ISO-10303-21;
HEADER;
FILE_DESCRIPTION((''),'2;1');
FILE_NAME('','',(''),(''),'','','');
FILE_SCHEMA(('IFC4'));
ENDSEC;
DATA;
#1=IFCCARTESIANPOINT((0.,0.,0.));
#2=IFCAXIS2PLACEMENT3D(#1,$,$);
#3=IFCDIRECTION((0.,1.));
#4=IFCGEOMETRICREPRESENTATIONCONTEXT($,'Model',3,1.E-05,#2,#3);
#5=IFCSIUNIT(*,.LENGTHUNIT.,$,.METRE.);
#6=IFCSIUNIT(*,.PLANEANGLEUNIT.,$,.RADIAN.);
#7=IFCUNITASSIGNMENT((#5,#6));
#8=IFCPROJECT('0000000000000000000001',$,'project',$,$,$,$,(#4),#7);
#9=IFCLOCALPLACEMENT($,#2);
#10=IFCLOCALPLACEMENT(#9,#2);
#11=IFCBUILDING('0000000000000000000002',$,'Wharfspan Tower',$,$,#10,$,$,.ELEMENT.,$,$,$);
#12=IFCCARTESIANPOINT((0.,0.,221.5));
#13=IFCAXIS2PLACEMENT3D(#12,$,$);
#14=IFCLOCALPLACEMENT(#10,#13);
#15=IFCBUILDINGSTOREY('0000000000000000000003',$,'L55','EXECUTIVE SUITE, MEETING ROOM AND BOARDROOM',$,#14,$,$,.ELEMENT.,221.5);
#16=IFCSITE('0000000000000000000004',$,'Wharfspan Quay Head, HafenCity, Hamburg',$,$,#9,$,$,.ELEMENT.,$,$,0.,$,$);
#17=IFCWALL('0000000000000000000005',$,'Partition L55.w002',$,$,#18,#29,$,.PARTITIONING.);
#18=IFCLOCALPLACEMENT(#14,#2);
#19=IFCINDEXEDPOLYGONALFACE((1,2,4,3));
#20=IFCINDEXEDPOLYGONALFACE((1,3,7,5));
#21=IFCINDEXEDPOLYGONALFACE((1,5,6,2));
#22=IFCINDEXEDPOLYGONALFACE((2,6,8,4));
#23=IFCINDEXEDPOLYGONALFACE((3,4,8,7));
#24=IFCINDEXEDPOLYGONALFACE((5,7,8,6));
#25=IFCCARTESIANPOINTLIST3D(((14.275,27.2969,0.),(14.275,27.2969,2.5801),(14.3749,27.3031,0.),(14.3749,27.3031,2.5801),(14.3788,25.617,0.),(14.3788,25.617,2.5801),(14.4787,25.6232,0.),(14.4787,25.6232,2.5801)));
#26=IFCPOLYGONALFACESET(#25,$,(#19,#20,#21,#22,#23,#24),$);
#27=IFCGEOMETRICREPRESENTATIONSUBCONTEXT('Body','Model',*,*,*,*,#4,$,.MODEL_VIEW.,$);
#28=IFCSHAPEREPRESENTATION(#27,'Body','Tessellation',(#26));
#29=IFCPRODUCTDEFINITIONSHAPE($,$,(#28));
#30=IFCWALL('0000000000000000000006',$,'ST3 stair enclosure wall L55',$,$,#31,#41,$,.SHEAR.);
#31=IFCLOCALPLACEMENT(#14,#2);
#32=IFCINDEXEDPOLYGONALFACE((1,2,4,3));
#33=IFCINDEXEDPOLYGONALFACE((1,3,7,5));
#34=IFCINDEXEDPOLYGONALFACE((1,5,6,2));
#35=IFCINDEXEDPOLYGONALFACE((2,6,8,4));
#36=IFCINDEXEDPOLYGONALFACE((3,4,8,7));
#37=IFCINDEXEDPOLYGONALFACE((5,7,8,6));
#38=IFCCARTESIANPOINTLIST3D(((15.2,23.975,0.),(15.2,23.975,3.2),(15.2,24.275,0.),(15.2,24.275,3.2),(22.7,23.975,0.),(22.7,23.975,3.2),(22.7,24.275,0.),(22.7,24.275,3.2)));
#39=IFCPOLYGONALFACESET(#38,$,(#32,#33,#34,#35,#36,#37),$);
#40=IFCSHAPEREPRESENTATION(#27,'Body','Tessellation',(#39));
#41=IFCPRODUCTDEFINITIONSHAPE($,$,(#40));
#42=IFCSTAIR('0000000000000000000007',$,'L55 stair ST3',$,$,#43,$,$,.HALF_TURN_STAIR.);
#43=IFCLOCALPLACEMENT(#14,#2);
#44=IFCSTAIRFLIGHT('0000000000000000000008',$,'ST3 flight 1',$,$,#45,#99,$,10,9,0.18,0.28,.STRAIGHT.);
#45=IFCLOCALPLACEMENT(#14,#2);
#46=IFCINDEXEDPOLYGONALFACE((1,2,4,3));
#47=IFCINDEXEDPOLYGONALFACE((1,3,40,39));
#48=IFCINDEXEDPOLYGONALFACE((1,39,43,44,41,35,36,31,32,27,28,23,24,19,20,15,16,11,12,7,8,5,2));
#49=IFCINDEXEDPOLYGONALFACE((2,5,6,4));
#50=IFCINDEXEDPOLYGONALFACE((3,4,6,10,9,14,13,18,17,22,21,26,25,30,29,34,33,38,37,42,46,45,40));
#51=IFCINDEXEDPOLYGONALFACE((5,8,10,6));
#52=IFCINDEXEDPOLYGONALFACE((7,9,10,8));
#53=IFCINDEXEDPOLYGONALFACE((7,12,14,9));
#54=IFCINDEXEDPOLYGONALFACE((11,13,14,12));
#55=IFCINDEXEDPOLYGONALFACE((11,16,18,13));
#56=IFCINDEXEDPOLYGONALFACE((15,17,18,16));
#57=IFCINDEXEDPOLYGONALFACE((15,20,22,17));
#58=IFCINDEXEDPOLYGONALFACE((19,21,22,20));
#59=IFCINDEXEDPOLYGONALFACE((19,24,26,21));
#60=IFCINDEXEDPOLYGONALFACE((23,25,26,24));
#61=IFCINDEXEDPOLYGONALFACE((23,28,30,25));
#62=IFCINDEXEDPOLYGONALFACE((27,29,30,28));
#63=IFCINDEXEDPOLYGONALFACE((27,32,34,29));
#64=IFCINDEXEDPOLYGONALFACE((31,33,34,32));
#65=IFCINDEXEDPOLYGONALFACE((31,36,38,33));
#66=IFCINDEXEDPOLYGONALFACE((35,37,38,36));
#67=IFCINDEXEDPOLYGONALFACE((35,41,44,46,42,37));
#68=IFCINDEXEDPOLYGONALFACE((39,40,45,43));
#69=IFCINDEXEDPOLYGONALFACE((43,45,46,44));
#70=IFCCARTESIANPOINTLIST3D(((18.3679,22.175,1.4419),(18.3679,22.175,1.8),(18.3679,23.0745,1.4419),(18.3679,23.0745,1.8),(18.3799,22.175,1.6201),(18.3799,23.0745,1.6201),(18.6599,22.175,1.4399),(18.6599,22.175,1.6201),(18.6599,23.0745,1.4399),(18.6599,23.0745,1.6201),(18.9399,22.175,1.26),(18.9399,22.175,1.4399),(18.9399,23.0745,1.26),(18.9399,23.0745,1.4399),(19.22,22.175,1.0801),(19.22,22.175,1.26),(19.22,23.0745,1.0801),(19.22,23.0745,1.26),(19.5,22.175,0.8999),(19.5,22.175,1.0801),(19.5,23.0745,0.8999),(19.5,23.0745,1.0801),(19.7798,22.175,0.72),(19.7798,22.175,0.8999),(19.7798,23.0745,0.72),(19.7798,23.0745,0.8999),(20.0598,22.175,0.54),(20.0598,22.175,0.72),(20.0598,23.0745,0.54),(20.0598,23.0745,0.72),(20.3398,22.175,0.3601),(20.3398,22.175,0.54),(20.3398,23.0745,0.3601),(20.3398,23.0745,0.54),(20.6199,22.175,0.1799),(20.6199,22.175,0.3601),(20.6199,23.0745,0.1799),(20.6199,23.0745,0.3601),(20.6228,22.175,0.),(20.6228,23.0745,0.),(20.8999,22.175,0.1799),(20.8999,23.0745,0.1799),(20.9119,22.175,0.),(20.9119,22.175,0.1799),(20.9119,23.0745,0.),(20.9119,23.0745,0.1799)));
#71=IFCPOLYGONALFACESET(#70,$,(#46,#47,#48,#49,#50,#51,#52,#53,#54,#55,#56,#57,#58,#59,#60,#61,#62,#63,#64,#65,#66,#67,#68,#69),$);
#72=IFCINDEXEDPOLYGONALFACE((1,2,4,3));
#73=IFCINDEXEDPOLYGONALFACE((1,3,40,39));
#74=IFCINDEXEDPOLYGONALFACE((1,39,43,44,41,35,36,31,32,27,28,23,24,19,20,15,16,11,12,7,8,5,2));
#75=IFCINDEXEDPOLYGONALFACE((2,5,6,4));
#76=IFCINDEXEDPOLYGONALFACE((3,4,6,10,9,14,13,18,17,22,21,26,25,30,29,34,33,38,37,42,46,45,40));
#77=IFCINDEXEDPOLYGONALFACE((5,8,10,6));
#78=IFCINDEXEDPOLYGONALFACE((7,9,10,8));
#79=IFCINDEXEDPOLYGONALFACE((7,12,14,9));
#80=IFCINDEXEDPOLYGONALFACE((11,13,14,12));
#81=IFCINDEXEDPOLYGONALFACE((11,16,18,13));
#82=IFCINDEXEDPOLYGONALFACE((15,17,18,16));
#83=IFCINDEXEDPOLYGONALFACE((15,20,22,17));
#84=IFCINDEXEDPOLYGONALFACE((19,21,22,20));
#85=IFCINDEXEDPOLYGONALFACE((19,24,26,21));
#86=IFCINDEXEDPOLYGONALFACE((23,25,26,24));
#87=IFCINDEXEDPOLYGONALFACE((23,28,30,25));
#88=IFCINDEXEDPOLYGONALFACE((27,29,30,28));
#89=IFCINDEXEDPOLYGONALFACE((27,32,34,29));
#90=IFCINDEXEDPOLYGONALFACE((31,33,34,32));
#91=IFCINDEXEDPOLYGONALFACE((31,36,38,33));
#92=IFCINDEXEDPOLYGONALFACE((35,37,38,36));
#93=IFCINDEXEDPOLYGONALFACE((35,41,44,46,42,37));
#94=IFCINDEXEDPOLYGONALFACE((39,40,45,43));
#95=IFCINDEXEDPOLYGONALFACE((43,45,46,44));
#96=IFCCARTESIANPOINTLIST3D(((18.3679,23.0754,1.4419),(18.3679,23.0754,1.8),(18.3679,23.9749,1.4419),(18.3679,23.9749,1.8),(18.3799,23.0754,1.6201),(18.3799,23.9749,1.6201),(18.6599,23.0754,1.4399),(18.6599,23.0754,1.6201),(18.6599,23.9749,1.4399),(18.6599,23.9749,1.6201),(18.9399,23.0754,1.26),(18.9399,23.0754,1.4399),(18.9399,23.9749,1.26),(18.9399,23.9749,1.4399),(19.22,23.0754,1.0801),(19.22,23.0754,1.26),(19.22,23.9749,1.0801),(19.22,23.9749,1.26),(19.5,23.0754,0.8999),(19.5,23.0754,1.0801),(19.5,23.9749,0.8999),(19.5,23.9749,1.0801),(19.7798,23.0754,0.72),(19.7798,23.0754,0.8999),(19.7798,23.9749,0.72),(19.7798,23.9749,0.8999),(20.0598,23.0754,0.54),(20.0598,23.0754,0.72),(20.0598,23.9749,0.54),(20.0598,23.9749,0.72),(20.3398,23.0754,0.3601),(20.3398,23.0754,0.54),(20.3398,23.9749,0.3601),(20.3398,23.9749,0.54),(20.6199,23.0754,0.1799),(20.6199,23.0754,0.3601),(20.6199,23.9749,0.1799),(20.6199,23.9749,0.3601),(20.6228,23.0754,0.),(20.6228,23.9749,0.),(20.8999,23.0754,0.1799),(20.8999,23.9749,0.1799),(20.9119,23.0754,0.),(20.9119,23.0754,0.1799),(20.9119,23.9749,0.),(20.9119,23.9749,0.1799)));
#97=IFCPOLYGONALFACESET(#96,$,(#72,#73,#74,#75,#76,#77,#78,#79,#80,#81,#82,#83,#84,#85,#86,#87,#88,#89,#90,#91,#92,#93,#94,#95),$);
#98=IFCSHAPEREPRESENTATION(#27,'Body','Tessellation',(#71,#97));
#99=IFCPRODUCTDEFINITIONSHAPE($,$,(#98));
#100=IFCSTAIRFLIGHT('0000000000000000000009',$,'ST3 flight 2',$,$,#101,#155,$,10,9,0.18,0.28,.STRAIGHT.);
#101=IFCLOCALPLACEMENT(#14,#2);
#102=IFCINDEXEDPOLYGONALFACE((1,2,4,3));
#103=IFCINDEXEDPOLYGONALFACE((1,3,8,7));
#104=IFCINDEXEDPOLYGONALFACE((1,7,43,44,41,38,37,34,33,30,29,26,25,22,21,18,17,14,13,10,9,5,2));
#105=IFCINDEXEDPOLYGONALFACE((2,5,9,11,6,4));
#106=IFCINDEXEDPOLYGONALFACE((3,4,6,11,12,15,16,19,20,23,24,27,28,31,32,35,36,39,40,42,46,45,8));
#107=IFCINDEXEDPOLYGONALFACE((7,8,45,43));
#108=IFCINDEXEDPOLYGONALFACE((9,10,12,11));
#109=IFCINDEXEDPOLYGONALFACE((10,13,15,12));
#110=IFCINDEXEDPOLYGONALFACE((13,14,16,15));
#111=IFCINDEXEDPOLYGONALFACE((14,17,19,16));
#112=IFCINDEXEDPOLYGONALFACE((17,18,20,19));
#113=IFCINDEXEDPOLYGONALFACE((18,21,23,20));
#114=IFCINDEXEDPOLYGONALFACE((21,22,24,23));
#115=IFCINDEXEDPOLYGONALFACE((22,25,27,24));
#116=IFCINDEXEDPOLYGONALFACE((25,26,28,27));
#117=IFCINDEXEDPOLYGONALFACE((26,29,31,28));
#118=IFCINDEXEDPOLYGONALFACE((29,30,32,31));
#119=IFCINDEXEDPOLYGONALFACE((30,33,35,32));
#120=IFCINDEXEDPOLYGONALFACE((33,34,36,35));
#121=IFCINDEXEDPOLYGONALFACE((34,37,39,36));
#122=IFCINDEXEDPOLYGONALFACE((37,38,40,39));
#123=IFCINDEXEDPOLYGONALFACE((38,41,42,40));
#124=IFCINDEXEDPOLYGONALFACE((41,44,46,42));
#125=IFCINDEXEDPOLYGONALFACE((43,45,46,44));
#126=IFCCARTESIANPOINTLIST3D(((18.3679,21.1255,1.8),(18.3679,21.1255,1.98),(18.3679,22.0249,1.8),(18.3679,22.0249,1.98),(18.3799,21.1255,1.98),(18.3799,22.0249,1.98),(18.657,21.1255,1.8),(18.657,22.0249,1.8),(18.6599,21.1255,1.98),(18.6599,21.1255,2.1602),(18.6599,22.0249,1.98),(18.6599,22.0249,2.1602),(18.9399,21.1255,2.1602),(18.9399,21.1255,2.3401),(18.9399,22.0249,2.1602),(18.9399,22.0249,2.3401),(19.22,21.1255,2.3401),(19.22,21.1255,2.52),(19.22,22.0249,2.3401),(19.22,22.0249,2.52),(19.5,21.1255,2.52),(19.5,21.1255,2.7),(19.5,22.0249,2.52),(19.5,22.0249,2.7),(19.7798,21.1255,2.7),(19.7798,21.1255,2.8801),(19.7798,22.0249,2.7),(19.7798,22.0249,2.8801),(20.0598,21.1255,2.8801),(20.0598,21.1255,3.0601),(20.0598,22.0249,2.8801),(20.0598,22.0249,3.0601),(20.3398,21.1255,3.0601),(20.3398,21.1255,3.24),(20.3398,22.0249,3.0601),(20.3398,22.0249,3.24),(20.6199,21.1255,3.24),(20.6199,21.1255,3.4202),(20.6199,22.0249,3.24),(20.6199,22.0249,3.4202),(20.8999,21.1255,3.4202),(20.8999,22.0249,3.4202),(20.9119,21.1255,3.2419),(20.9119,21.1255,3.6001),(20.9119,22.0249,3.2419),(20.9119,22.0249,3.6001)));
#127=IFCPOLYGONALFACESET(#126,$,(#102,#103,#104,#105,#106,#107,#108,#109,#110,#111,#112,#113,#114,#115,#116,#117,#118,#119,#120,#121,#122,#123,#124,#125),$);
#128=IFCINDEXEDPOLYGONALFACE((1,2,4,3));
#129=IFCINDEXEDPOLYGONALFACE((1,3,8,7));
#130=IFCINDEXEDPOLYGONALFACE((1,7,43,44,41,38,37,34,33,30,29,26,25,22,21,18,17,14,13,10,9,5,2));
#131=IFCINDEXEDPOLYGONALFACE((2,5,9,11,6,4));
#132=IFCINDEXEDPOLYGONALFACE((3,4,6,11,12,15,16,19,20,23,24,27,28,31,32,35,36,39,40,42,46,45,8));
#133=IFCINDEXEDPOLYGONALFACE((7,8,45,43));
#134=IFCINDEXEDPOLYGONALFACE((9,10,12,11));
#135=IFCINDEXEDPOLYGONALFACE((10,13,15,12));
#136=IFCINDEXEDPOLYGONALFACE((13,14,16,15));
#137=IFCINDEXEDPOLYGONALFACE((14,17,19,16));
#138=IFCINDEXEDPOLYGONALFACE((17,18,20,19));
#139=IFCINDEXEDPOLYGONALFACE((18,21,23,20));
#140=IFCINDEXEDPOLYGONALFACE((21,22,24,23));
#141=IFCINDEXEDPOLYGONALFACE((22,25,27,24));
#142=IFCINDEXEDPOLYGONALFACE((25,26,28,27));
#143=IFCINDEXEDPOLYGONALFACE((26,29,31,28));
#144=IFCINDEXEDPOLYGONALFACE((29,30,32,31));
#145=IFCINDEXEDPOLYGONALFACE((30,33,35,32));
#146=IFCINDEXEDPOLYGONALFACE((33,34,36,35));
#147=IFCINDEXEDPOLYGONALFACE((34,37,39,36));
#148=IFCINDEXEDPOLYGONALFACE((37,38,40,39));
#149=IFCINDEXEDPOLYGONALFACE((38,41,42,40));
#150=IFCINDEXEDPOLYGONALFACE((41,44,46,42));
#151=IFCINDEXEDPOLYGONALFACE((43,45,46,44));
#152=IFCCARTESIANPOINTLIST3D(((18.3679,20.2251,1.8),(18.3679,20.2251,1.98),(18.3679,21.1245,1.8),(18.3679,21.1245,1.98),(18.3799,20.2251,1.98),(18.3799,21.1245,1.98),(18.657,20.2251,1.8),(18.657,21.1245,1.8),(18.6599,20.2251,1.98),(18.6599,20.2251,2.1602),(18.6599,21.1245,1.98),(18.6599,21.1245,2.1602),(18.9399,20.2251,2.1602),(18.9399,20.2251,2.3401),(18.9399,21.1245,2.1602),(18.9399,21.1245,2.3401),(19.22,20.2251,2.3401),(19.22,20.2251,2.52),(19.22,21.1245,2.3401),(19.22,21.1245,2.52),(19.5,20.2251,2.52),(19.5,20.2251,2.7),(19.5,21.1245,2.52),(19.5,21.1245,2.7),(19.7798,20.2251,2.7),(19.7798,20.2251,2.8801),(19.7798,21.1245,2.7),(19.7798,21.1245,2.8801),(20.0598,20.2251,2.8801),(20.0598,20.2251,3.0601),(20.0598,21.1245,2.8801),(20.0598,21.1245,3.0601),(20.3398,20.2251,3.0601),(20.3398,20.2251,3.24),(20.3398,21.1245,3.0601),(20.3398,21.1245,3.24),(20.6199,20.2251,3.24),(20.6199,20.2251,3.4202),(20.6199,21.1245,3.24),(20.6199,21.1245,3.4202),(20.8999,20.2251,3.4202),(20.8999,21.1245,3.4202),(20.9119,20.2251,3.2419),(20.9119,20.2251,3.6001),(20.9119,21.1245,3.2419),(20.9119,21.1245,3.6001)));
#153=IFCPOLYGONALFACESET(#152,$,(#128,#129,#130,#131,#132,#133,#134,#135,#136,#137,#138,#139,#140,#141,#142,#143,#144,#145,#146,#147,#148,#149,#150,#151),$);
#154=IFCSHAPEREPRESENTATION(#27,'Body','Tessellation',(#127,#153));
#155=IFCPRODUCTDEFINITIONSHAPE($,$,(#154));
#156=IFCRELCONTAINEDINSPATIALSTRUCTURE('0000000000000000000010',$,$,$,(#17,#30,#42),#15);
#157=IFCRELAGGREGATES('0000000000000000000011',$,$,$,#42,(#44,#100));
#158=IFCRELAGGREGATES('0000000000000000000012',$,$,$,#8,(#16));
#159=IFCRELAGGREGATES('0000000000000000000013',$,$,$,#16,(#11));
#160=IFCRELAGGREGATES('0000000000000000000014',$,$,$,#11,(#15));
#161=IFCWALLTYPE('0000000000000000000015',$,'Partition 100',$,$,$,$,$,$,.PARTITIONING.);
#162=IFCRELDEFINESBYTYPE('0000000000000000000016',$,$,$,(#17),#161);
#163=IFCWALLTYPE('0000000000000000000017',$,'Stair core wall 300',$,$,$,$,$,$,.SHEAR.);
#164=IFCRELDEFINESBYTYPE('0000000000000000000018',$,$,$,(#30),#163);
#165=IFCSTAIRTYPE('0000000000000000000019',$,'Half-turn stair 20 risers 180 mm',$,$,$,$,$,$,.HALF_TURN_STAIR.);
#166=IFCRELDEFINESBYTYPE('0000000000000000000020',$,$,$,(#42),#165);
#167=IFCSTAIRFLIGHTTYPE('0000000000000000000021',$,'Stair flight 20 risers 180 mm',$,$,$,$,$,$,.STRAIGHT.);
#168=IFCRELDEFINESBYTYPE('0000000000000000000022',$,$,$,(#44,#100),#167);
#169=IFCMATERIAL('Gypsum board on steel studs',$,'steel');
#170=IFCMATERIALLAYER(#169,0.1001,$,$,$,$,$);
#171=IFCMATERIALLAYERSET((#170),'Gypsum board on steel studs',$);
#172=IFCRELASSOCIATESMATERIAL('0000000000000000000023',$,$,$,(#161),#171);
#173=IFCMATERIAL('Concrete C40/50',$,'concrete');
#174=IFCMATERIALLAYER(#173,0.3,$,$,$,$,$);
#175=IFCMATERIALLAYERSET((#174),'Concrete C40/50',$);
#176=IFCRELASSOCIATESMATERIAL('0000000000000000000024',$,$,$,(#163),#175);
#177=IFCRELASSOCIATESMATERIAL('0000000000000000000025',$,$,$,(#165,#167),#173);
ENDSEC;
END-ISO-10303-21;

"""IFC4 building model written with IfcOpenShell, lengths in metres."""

from ifc_helpers import new_model, si_unit, direction, frame, frame_2d, origin, place, context, subcontext, project, spatial, polyline, rectangle, outline, extrude, material, layer, layer_set, type_object, element, aggregate, save


model = new_model("IFC4")

# Units and contexts
model_context = context("Model", 3, precision=1e-05, world=origin(), true_north=direction((0.0, 1.0)))
body_context = subcontext(model_context, "Body", "Model", "MODEL_VIEW")
ifc_project = project(units=[si_unit("LENGTHUNIT", "METRE"), si_unit("PLANEANGLEUNIT", "RADIAN")], contexts=[model_context])

# Site, building, storey
site_placement = place(None, origin())
site = spatial("IfcSite", under=ifc_project, at=site_placement, Name="Wharfspan Quay Head, HafenCity, Hamburg", CompositionType="ELEMENT", RefElevation=0.0)
building_placement = place(site_placement, origin())
building = spatial("IfcBuilding", under=site, at=building_placement, Name="Wharfspan Tower", CompositionType="ELEMENT")
storey_placement = place(building_placement, frame((0.0, 0.0, 221.5)))
storey = spatial("IfcBuildingStorey", under=building, at=storey_placement, Name="L55", Description="EXECUTIVE SUITE, MEETING ROOM AND BOARDROOM", CompositionType="ELEMENT", Elevation=221.5)

# Shared definitions
ifc_material_1 = material(Name="Gypsum board on steel studs", Category="steel")

# Walls
ifc_layer_1 = layer(ifc_material_1, 0.1001)
ifc_layer_set_1 = layer_set([ifc_layer_1], Name="Gypsum board on steel studs")
wall_type_1 = type_object("IfcWallType", Name="Partition 100", PredefinedType="PARTITIONING", material=ifc_layer_set_1)
wall_1_placement = place(storey_placement, frame((14.4287, 25.6201, 0.0), z_axis=(0.0, 0.0, 1.0), x_axis=(-0.061647, 0.998101, 0.0)))
element("IfcWall", 1, at=wall_1_placement, inside=storey, type_object=wall_type_1, Name="Partition L55.w002", PredefinedType="PARTITIONING", context=body_context, shape_type="SweptSolid", body=[
    extrude(rectangle(XDim=1.6831, YDim=0.1001, at=frame_2d((0.8416, 0.0))), origin(), (0.0, 0.0, 1.0), 2.5801),
])
ifc_material_2 = material(Name="Concrete C40/50", Category="concrete")
ifc_layer_2 = layer(ifc_material_2, 0.3)
ifc_layer_set_2 = layer_set([ifc_layer_2], Name="Concrete C40/50")
wall_type_2 = type_object("IfcWallType", Name="Stair core wall 300", PredefinedType="SHEAR", material=ifc_layer_set_2)
wall_2_placement = place(storey_placement, frame((15.2, 24.125, 0.0), z_axis=(0.0, 0.0, 1.0), x_axis=(1.0, 0.0, 0.0)))
element("IfcWall", 2, at=wall_2_placement, inside=storey, type_object=wall_type_2, Name="ST3 stair enclosure wall L55", PredefinedType="SHEAR", context=body_context, shape_type="SweptSolid", body=[
    extrude(rectangle(XDim=7.5, YDim=0.3, at=frame_2d((3.75, 0.0))), origin(), (0.0, 0.0, 1.0), 3.2),
])

# Stair, stair flights
stair_type = type_object("IfcStairType", Name="Half-turn stair 20 risers 180 mm", PredefinedType="HALF_TURN_STAIR", material=ifc_material_2)
stair_placement = place(storey_placement, origin())
stair = element("IfcStair", 3, at=stair_placement, inside=storey, type_object=stair_type, Name="L55 stair ST3", PredefinedType="HALF_TURN_STAIR")
stair_flight_type = type_object("IfcStairFlightType", Name="Stair flight 20 risers 180 mm", PredefinedType="STRAIGHT", material=ifc_material_2)
stair_flight_1_placement = place(storey_placement, frame((20.8999, 23.075, 0.0), z_axis=(0.0, 0.0, 1.0), x_axis=(-1.0, 0.0, 0.0)))
stair_flight_1 = element("IfcStairFlight", 4, at=stair_flight_1_placement, type_object=stair_flight_type, Name="ST3 flight 1", NumberOfRisers=10, NumberOfTreads=9, PredefinedType="STRAIGHT", RiserHeight=0.18, TreadLength=0.28, context=body_context, shape_type="SweptSolid", body=[
    extrude(outline(polyline([(-0.012, 0.0), (-0.012, 0.1799), (0.0, 0.1799), (0.28, 0.1799), (0.28, 0.3601), (0.5601, 0.3601), (0.5601, 0.54), (0.8401, 0.54), (0.8401, 0.72), (1.1201, 0.72), (1.1201, 0.8999), (1.3999, 0.8999), (1.3999, 1.0801), (1.6799, 1.0801), (1.6799, 1.26), (1.96, 1.26), (1.96, 1.4399), (2.24, 1.4399), (2.24, 1.6201), (2.52, 1.6201), (2.532, 1.8), (2.532, 1.4419), (0.2771, 0.0), (-0.012, 0.0)])), frame((0.0, 0.8999, 0.0), z_axis=(0.0, -1.0, 0.0), x_axis=(1.0, 0.0, 0.0)), (0.0, 0.0, 1.0), 0.8994),
    extrude(outline(polyline([(-0.012, 0.0), (-0.012, 0.1799), (0.0, 0.1799), (0.28, 0.1799), (0.28, 0.3601), (0.5601, 0.3601), (0.5601, 0.54), (0.8401, 0.54), (0.8401, 0.72), (1.1201, 0.72), (1.1201, 0.8999), (1.3999, 0.8999), (1.3999, 1.0801), (1.6799, 1.0801), (1.6799, 1.26), (1.96, 1.26), (1.96, 1.4399), (2.24, 1.4399), (2.24, 1.6201), (2.52, 1.6201), (2.532, 1.8), (2.532, 1.4419), (0.2771, 0.0), (-0.012, 0.0)])), frame((0.0, -0.0005, 0.0), z_axis=(0.0, -1.0, 0.0), x_axis=(1.0, 0.0, 0.0)), (0.0, 0.0, 1.0), 0.8994),
])
stair_flight_2_placement = place(storey_placement, frame((18.3799, 21.125, 1.8), z_axis=(0.0, 0.0, 1.0), x_axis=(1.0, 0.0, 0.0)))
stair_flight_2 = element("IfcStairFlight", 5, at=stair_flight_2_placement, type_object=stair_flight_type, Name="ST3 flight 2", NumberOfRisers=10, NumberOfTreads=9, PredefinedType="STRAIGHT", RiserHeight=0.18, TreadLength=0.28, context=body_context, shape_type="SweptSolid", body=[
    extrude(outline(polyline([(-0.012, 0.0), (-0.012, 0.1799), (0.0, 0.1799), (0.28, 0.1799), (0.28, 0.3601), (0.5601, 0.3601), (0.5601, 0.54), (0.8401, 0.54), (0.8401, 0.72), (1.1201, 0.72), (1.1201, 0.8999), (1.3999, 0.8999), (1.3999, 1.0801), (1.6799, 1.0801), (1.6799, 1.26), (1.96, 1.26), (1.96, 1.4399), (2.24, 1.4399), (2.24, 1.6201), (2.52, 1.6201), (2.532, 1.8), (2.532, 1.4419), (0.2771, 0.0), (-0.012, 0.0)])), frame((0.0, 0.8999, 0.0), z_axis=(0.0, -1.0, 0.0), x_axis=(1.0, 0.0, 0.0)), (0.0, 0.0, 1.0), 0.8994),
    extrude(outline(polyline([(-0.012, 0.0), (-0.012, 0.1799), (0.0, 0.1799), (0.28, 0.1799), (0.28, 0.3601), (0.5601, 0.3601), (0.5601, 0.54), (0.8401, 0.54), (0.8401, 0.72), (1.1201, 0.72), (1.1201, 0.8999), (1.3999, 0.8999), (1.3999, 1.0801), (1.6799, 1.0801), (1.6799, 1.26), (1.96, 1.26), (1.96, 1.4399), (2.24, 1.4399), (2.24, 1.6201), (2.52, 1.6201), (2.532, 1.8), (2.532, 1.4419), (0.2771, 0.0), (-0.012, 0.0)])), frame((0.0, -0.0005, 0.0), z_axis=(0.0, -1.0, 0.0), x_axis=(1.0, 0.0, 0.0)), (0.0, 0.0, 1.0), 0.8994),
])
aggregate(stair, [stair_flight_1, stair_flight_2])

save(model, "model.ifc")
